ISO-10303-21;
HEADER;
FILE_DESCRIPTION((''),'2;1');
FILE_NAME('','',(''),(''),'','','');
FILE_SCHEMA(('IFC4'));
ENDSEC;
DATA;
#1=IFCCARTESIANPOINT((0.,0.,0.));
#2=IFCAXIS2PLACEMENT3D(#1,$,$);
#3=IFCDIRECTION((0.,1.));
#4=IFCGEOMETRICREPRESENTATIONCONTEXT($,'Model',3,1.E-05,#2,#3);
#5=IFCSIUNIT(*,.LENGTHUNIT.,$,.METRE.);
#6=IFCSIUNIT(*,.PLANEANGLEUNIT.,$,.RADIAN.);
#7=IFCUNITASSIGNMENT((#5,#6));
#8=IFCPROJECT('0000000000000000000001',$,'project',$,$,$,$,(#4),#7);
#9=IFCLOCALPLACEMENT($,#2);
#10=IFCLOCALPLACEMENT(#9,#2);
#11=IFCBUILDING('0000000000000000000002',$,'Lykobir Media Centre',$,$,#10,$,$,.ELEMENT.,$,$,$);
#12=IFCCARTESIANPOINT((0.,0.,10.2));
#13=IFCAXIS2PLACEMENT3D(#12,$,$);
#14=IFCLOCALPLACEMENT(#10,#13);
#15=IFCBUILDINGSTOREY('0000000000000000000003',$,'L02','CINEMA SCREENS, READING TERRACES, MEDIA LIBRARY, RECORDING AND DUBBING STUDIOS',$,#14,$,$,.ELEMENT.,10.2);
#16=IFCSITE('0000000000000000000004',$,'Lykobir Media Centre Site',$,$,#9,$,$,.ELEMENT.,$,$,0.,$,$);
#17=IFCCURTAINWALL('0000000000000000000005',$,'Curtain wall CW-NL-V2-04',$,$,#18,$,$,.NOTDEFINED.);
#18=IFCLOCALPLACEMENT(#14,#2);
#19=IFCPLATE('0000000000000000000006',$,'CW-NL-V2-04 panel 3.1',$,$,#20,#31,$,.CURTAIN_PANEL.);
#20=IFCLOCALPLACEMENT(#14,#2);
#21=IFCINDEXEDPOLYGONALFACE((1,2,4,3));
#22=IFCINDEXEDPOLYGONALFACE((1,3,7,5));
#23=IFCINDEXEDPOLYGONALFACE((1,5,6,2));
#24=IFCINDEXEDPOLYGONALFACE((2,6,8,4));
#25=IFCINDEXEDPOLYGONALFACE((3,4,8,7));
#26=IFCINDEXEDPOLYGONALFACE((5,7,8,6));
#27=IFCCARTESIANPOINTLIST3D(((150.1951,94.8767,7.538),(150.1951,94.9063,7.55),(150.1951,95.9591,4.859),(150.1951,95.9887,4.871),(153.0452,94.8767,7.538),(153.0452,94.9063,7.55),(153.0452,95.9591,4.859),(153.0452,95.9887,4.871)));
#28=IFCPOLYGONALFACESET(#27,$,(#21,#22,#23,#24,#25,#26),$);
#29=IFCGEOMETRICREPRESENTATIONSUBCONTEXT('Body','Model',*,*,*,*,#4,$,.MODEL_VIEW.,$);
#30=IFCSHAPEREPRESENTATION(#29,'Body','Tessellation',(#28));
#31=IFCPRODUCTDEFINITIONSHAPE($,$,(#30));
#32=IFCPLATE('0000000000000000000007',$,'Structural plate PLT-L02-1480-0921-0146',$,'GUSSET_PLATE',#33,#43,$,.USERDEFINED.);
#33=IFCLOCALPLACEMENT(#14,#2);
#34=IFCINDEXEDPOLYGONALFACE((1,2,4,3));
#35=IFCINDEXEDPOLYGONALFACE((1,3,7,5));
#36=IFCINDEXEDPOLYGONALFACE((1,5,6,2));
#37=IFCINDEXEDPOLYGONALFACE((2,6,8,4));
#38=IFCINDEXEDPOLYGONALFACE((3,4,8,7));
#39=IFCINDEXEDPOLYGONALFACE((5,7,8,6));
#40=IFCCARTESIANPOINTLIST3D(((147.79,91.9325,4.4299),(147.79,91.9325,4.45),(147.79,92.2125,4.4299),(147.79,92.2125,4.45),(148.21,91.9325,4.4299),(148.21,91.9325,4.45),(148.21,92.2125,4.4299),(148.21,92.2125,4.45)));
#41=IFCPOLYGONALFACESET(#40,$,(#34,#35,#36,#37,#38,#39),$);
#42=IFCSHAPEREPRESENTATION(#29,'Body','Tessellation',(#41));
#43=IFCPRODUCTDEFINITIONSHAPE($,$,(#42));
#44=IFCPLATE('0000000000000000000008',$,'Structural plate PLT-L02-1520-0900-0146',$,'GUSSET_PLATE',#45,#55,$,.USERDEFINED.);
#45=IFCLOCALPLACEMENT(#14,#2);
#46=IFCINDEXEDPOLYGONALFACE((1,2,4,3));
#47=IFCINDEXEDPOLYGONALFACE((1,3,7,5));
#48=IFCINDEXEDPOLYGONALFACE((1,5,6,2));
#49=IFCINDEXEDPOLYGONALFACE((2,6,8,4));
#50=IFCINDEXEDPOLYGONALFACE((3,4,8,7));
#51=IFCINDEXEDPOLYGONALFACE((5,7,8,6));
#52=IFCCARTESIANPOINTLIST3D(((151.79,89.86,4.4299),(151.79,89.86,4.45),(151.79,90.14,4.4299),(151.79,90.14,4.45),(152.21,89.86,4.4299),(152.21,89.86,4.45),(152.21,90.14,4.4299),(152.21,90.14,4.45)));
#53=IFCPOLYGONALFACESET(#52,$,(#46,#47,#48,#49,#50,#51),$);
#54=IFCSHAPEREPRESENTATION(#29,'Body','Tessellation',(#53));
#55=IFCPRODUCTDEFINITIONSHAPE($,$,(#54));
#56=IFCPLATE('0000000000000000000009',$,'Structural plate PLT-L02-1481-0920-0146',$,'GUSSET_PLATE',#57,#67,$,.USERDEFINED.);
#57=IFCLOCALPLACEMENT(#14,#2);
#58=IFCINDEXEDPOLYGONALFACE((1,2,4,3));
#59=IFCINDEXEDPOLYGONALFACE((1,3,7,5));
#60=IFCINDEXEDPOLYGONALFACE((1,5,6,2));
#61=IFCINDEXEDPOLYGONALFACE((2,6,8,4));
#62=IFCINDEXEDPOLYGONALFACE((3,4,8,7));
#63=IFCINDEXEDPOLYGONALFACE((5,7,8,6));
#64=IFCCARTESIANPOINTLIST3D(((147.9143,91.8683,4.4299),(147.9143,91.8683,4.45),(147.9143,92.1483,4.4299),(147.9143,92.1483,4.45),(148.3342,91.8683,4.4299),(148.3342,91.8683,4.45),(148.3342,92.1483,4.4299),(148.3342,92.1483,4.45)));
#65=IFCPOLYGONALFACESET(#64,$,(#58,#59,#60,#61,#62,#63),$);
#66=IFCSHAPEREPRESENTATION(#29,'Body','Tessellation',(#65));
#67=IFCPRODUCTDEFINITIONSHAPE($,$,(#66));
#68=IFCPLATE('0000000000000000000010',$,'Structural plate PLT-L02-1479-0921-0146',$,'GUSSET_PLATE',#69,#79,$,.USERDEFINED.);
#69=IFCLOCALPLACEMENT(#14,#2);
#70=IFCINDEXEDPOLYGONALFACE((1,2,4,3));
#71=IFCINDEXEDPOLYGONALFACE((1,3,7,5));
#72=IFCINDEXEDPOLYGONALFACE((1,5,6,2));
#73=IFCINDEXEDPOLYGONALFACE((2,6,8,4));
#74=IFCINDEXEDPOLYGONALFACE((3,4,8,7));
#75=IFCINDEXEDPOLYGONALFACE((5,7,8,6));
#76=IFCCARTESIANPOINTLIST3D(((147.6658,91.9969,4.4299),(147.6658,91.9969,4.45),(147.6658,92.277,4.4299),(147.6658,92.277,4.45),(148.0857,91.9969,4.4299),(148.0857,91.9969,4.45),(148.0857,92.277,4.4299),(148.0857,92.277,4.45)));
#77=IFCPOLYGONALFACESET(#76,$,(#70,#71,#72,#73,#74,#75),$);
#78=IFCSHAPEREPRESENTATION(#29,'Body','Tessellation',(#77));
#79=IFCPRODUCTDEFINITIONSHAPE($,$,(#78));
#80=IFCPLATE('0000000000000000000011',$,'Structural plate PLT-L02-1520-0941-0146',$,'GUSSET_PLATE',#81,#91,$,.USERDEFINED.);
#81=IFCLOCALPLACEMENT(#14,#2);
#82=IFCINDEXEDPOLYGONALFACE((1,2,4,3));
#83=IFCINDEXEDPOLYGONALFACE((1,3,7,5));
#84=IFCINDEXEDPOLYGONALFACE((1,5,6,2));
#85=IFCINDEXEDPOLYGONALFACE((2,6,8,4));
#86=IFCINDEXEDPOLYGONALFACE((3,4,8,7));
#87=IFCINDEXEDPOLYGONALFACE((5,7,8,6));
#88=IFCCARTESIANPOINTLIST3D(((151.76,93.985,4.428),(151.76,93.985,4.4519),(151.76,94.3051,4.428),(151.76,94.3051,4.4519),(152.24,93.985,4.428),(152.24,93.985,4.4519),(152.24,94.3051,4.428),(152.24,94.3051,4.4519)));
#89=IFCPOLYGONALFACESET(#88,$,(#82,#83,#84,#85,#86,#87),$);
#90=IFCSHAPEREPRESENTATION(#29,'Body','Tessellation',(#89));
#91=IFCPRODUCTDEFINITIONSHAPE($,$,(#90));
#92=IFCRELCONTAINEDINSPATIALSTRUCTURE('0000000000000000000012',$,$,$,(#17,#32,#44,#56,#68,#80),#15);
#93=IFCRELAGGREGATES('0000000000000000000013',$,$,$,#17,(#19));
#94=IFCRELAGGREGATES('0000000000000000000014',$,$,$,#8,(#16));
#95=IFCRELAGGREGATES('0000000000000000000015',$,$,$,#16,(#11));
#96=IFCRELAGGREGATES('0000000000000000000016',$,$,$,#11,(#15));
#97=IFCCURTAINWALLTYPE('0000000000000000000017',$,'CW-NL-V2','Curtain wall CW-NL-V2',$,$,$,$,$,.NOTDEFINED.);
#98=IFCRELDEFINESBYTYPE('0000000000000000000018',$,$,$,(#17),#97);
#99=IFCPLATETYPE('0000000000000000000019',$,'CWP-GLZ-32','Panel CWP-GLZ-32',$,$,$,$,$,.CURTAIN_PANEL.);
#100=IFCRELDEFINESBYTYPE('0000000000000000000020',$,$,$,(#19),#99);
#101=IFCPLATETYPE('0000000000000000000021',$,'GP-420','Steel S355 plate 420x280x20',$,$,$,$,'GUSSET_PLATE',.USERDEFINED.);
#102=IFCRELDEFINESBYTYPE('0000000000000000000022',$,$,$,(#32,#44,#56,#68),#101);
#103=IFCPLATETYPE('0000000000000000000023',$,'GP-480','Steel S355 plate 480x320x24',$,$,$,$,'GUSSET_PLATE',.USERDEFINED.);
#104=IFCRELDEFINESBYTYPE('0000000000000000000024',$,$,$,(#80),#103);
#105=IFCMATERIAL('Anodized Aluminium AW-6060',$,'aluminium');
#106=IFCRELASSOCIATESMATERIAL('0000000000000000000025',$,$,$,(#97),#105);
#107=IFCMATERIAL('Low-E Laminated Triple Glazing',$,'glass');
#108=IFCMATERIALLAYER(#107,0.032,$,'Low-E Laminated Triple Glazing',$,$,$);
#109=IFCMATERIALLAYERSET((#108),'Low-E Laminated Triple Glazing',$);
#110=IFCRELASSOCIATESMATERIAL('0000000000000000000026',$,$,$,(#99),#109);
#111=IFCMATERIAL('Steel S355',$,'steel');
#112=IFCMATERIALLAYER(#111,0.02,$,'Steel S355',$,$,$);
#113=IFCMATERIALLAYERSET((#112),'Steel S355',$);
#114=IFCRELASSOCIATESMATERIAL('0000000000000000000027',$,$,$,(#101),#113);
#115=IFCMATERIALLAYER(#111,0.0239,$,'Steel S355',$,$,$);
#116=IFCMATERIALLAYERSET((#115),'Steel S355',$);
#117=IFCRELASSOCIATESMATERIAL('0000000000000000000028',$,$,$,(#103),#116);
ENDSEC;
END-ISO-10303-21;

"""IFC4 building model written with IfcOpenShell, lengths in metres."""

from ifc_helpers import new_model, si_unit, direction, frame, origin, origin_2d, place, context, subcontext, project, spatial, rectangle, extrude, material, layer, layer_set, type_object, element, aggregate, save


model = new_model("IFC4")

# Units and contexts
model_context = context("Model", 3, precision=1e-05, world=origin(), true_north=direction((0.0, 1.0)))
body_context = subcontext(model_context, "Body", "Model", "MODEL_VIEW")
ifc_project = project(units=[si_unit("LENGTHUNIT", "METRE"), si_unit("PLANEANGLEUNIT", "RADIAN")], contexts=[model_context])

# Site, building, storey
site_placement = place(None, origin())
site = spatial("IfcSite", under=ifc_project, at=site_placement, Name="Lykobir Media Centre Site", CompositionType="ELEMENT", RefElevation=0.0)
building_placement = place(site_placement, origin())
building = spatial("IfcBuilding", under=site, at=building_placement, Name="Lykobir Media Centre", CompositionType="ELEMENT")
storey_placement = place(building_placement, frame((0.0, 0.0, 10.2)))
storey = spatial("IfcBuildingStorey", under=building, at=storey_placement, Name="L02", Description="CINEMA SCREENS, READING TERRACES, MEDIA LIBRARY, RECORDING AND DUBBING STUDIOS", CompositionType="ELEMENT", Elevation=10.2)

# Shared definitions
ifc_material_1 = material(Name="Steel S355", Category="steel")

# Shared definitions
ifc_material_2 = material(Name="Anodized Aluminium AW-6060", Category="aluminium")
curtain_wall_type = type_object("IfcCurtainWallType", Name="CW-NL-V2", Description="Curtain wall CW-NL-V2", PredefinedType="NOTDEFINED", material=ifc_material_2)

# Curtain wall, plate
curtain_wall_1_placement = place(storey_placement, origin())
curtain_wall_1 = element("IfcCurtainWall", 1, at=curtain_wall_1_placement, inside=storey, type_object=curtain_wall_type, Name="Curtain wall CW-NL-V2-04", PredefinedType="NOTDEFINED")
ifc_material_3 = material(Name="Low-E Laminated Triple Glazing", Category="glass")
ifc_layer_1 = layer(ifc_material_3, 0.032, Name="Low-E Laminated Triple Glazing")
ifc_layer_set_1 = layer_set([ifc_layer_1], Name="Low-E Laminated Triple Glazing")
plate_type_1 = type_object("IfcPlateType", Name="CWP-GLZ-32", Description="Panel CWP-GLZ-32", PredefinedType="CURTAIN_PANEL", material=ifc_layer_set_1)
plate_1_placement = place(storey_placement, frame((151.6201, 95.9739, 4.865), z_axis=(0.0, -0.374607, 0.927184), x_axis=(1.0, 0.0, 0.0)))
plate_1 = element("IfcPlate", 2, at=plate_1_placement, type_object=plate_type_1, Name="CW-NL-V2-04 panel 3.1", PredefinedType="CURTAIN_PANEL", context=body_context, shape_type="SweptSolid", body=[
    extrude(rectangle(XDim=2.8501, YDim=0.032, at=origin_2d()), origin(), (0.0, 0.0, 1.0), 2.8894),
])
aggregate(curtain_wall_1, [plate_1])

# Plates
ifc_layer_2 = layer(ifc_material_1, 0.02, Name="Steel S355")
ifc_layer_set_2 = layer_set([ifc_layer_2], Name="Steel S355")
plate_type_2 = type_object("IfcPlateType", Name="GP-420", Description="Steel S355 plate 420x280x20", ElementType="GUSSET_PLATE", PredefinedType="USERDEFINED", material=ifc_layer_set_2)
for number, where, z_axis, x_axis, name in (
    (3, (148.0, 92.0725, 4.4299), (0.0, 0.0, 1.0), (1.0, 0.0, 0.0), "Structural plate PLT-L02-1480-0921-0146"),
    (4, (152.0, 90.0, 4.4299), (0.0, 0.0, 1.0), (1.0, 0.0, 0.0), "Structural plate PLT-L02-1520-0900-0146"),
    (5, (148.1243, 92.0083, 4.4299), (0.0, 0.0, 1.0), (1.0, 0.0, 0.0), "Structural plate PLT-L02-1481-0920-0146"),
    (6, (147.8757, 92.137, 4.4299), (0.0, 0.0, 1.0), (1.0, 0.0, 0.0), "Structural plate PLT-L02-1479-0921-0146"),
):
    element("IfcPlate", number, at=place(storey_placement, frame(where, z_axis=z_axis, x_axis=x_axis)), inside=storey, type_object=plate_type_2, Name=name, ObjectType="GUSSET_PLATE", PredefinedType="USERDEFINED", context=body_context, shape_type="SweptSolid", body=[
        extrude(rectangle(XDim=0.4199, YDim=0.28, at=origin_2d()), origin(), (0.0, 0.0, 1.0), 0.02),
    ])
ifc_layer_3 = layer(ifc_material_1, 0.0239, Name="Steel S355")
ifc_layer_set_3 = layer_set([ifc_layer_3], Name="Steel S355")
plate_type_3 = type_object("IfcPlateType", Name="GP-480", Description="Steel S355 plate 480x320x24", ElementType="GUSSET_PLATE", PredefinedType="USERDEFINED", material=ifc_layer_set_3)
plate_2_placement = place(storey_placement, frame((152.0, 94.145, 4.428), z_axis=(0.0, 0.0, 1.0), x_axis=(1.0, 0.0, 0.0)))
element("IfcPlate", 7, at=plate_2_placement, inside=storey, type_object=plate_type_3, Name="Structural plate PLT-L02-1520-0941-0146", ObjectType="GUSSET_PLATE", PredefinedType="USERDEFINED", context=body_context, shape_type="SweptSolid", body=[
    extrude(rectangle(XDim=0.48, YDim=0.3201, at=origin_2d()), origin(), (0.0, 0.0, 1.0), 0.0239),
])

save(model, "model.ifc")
